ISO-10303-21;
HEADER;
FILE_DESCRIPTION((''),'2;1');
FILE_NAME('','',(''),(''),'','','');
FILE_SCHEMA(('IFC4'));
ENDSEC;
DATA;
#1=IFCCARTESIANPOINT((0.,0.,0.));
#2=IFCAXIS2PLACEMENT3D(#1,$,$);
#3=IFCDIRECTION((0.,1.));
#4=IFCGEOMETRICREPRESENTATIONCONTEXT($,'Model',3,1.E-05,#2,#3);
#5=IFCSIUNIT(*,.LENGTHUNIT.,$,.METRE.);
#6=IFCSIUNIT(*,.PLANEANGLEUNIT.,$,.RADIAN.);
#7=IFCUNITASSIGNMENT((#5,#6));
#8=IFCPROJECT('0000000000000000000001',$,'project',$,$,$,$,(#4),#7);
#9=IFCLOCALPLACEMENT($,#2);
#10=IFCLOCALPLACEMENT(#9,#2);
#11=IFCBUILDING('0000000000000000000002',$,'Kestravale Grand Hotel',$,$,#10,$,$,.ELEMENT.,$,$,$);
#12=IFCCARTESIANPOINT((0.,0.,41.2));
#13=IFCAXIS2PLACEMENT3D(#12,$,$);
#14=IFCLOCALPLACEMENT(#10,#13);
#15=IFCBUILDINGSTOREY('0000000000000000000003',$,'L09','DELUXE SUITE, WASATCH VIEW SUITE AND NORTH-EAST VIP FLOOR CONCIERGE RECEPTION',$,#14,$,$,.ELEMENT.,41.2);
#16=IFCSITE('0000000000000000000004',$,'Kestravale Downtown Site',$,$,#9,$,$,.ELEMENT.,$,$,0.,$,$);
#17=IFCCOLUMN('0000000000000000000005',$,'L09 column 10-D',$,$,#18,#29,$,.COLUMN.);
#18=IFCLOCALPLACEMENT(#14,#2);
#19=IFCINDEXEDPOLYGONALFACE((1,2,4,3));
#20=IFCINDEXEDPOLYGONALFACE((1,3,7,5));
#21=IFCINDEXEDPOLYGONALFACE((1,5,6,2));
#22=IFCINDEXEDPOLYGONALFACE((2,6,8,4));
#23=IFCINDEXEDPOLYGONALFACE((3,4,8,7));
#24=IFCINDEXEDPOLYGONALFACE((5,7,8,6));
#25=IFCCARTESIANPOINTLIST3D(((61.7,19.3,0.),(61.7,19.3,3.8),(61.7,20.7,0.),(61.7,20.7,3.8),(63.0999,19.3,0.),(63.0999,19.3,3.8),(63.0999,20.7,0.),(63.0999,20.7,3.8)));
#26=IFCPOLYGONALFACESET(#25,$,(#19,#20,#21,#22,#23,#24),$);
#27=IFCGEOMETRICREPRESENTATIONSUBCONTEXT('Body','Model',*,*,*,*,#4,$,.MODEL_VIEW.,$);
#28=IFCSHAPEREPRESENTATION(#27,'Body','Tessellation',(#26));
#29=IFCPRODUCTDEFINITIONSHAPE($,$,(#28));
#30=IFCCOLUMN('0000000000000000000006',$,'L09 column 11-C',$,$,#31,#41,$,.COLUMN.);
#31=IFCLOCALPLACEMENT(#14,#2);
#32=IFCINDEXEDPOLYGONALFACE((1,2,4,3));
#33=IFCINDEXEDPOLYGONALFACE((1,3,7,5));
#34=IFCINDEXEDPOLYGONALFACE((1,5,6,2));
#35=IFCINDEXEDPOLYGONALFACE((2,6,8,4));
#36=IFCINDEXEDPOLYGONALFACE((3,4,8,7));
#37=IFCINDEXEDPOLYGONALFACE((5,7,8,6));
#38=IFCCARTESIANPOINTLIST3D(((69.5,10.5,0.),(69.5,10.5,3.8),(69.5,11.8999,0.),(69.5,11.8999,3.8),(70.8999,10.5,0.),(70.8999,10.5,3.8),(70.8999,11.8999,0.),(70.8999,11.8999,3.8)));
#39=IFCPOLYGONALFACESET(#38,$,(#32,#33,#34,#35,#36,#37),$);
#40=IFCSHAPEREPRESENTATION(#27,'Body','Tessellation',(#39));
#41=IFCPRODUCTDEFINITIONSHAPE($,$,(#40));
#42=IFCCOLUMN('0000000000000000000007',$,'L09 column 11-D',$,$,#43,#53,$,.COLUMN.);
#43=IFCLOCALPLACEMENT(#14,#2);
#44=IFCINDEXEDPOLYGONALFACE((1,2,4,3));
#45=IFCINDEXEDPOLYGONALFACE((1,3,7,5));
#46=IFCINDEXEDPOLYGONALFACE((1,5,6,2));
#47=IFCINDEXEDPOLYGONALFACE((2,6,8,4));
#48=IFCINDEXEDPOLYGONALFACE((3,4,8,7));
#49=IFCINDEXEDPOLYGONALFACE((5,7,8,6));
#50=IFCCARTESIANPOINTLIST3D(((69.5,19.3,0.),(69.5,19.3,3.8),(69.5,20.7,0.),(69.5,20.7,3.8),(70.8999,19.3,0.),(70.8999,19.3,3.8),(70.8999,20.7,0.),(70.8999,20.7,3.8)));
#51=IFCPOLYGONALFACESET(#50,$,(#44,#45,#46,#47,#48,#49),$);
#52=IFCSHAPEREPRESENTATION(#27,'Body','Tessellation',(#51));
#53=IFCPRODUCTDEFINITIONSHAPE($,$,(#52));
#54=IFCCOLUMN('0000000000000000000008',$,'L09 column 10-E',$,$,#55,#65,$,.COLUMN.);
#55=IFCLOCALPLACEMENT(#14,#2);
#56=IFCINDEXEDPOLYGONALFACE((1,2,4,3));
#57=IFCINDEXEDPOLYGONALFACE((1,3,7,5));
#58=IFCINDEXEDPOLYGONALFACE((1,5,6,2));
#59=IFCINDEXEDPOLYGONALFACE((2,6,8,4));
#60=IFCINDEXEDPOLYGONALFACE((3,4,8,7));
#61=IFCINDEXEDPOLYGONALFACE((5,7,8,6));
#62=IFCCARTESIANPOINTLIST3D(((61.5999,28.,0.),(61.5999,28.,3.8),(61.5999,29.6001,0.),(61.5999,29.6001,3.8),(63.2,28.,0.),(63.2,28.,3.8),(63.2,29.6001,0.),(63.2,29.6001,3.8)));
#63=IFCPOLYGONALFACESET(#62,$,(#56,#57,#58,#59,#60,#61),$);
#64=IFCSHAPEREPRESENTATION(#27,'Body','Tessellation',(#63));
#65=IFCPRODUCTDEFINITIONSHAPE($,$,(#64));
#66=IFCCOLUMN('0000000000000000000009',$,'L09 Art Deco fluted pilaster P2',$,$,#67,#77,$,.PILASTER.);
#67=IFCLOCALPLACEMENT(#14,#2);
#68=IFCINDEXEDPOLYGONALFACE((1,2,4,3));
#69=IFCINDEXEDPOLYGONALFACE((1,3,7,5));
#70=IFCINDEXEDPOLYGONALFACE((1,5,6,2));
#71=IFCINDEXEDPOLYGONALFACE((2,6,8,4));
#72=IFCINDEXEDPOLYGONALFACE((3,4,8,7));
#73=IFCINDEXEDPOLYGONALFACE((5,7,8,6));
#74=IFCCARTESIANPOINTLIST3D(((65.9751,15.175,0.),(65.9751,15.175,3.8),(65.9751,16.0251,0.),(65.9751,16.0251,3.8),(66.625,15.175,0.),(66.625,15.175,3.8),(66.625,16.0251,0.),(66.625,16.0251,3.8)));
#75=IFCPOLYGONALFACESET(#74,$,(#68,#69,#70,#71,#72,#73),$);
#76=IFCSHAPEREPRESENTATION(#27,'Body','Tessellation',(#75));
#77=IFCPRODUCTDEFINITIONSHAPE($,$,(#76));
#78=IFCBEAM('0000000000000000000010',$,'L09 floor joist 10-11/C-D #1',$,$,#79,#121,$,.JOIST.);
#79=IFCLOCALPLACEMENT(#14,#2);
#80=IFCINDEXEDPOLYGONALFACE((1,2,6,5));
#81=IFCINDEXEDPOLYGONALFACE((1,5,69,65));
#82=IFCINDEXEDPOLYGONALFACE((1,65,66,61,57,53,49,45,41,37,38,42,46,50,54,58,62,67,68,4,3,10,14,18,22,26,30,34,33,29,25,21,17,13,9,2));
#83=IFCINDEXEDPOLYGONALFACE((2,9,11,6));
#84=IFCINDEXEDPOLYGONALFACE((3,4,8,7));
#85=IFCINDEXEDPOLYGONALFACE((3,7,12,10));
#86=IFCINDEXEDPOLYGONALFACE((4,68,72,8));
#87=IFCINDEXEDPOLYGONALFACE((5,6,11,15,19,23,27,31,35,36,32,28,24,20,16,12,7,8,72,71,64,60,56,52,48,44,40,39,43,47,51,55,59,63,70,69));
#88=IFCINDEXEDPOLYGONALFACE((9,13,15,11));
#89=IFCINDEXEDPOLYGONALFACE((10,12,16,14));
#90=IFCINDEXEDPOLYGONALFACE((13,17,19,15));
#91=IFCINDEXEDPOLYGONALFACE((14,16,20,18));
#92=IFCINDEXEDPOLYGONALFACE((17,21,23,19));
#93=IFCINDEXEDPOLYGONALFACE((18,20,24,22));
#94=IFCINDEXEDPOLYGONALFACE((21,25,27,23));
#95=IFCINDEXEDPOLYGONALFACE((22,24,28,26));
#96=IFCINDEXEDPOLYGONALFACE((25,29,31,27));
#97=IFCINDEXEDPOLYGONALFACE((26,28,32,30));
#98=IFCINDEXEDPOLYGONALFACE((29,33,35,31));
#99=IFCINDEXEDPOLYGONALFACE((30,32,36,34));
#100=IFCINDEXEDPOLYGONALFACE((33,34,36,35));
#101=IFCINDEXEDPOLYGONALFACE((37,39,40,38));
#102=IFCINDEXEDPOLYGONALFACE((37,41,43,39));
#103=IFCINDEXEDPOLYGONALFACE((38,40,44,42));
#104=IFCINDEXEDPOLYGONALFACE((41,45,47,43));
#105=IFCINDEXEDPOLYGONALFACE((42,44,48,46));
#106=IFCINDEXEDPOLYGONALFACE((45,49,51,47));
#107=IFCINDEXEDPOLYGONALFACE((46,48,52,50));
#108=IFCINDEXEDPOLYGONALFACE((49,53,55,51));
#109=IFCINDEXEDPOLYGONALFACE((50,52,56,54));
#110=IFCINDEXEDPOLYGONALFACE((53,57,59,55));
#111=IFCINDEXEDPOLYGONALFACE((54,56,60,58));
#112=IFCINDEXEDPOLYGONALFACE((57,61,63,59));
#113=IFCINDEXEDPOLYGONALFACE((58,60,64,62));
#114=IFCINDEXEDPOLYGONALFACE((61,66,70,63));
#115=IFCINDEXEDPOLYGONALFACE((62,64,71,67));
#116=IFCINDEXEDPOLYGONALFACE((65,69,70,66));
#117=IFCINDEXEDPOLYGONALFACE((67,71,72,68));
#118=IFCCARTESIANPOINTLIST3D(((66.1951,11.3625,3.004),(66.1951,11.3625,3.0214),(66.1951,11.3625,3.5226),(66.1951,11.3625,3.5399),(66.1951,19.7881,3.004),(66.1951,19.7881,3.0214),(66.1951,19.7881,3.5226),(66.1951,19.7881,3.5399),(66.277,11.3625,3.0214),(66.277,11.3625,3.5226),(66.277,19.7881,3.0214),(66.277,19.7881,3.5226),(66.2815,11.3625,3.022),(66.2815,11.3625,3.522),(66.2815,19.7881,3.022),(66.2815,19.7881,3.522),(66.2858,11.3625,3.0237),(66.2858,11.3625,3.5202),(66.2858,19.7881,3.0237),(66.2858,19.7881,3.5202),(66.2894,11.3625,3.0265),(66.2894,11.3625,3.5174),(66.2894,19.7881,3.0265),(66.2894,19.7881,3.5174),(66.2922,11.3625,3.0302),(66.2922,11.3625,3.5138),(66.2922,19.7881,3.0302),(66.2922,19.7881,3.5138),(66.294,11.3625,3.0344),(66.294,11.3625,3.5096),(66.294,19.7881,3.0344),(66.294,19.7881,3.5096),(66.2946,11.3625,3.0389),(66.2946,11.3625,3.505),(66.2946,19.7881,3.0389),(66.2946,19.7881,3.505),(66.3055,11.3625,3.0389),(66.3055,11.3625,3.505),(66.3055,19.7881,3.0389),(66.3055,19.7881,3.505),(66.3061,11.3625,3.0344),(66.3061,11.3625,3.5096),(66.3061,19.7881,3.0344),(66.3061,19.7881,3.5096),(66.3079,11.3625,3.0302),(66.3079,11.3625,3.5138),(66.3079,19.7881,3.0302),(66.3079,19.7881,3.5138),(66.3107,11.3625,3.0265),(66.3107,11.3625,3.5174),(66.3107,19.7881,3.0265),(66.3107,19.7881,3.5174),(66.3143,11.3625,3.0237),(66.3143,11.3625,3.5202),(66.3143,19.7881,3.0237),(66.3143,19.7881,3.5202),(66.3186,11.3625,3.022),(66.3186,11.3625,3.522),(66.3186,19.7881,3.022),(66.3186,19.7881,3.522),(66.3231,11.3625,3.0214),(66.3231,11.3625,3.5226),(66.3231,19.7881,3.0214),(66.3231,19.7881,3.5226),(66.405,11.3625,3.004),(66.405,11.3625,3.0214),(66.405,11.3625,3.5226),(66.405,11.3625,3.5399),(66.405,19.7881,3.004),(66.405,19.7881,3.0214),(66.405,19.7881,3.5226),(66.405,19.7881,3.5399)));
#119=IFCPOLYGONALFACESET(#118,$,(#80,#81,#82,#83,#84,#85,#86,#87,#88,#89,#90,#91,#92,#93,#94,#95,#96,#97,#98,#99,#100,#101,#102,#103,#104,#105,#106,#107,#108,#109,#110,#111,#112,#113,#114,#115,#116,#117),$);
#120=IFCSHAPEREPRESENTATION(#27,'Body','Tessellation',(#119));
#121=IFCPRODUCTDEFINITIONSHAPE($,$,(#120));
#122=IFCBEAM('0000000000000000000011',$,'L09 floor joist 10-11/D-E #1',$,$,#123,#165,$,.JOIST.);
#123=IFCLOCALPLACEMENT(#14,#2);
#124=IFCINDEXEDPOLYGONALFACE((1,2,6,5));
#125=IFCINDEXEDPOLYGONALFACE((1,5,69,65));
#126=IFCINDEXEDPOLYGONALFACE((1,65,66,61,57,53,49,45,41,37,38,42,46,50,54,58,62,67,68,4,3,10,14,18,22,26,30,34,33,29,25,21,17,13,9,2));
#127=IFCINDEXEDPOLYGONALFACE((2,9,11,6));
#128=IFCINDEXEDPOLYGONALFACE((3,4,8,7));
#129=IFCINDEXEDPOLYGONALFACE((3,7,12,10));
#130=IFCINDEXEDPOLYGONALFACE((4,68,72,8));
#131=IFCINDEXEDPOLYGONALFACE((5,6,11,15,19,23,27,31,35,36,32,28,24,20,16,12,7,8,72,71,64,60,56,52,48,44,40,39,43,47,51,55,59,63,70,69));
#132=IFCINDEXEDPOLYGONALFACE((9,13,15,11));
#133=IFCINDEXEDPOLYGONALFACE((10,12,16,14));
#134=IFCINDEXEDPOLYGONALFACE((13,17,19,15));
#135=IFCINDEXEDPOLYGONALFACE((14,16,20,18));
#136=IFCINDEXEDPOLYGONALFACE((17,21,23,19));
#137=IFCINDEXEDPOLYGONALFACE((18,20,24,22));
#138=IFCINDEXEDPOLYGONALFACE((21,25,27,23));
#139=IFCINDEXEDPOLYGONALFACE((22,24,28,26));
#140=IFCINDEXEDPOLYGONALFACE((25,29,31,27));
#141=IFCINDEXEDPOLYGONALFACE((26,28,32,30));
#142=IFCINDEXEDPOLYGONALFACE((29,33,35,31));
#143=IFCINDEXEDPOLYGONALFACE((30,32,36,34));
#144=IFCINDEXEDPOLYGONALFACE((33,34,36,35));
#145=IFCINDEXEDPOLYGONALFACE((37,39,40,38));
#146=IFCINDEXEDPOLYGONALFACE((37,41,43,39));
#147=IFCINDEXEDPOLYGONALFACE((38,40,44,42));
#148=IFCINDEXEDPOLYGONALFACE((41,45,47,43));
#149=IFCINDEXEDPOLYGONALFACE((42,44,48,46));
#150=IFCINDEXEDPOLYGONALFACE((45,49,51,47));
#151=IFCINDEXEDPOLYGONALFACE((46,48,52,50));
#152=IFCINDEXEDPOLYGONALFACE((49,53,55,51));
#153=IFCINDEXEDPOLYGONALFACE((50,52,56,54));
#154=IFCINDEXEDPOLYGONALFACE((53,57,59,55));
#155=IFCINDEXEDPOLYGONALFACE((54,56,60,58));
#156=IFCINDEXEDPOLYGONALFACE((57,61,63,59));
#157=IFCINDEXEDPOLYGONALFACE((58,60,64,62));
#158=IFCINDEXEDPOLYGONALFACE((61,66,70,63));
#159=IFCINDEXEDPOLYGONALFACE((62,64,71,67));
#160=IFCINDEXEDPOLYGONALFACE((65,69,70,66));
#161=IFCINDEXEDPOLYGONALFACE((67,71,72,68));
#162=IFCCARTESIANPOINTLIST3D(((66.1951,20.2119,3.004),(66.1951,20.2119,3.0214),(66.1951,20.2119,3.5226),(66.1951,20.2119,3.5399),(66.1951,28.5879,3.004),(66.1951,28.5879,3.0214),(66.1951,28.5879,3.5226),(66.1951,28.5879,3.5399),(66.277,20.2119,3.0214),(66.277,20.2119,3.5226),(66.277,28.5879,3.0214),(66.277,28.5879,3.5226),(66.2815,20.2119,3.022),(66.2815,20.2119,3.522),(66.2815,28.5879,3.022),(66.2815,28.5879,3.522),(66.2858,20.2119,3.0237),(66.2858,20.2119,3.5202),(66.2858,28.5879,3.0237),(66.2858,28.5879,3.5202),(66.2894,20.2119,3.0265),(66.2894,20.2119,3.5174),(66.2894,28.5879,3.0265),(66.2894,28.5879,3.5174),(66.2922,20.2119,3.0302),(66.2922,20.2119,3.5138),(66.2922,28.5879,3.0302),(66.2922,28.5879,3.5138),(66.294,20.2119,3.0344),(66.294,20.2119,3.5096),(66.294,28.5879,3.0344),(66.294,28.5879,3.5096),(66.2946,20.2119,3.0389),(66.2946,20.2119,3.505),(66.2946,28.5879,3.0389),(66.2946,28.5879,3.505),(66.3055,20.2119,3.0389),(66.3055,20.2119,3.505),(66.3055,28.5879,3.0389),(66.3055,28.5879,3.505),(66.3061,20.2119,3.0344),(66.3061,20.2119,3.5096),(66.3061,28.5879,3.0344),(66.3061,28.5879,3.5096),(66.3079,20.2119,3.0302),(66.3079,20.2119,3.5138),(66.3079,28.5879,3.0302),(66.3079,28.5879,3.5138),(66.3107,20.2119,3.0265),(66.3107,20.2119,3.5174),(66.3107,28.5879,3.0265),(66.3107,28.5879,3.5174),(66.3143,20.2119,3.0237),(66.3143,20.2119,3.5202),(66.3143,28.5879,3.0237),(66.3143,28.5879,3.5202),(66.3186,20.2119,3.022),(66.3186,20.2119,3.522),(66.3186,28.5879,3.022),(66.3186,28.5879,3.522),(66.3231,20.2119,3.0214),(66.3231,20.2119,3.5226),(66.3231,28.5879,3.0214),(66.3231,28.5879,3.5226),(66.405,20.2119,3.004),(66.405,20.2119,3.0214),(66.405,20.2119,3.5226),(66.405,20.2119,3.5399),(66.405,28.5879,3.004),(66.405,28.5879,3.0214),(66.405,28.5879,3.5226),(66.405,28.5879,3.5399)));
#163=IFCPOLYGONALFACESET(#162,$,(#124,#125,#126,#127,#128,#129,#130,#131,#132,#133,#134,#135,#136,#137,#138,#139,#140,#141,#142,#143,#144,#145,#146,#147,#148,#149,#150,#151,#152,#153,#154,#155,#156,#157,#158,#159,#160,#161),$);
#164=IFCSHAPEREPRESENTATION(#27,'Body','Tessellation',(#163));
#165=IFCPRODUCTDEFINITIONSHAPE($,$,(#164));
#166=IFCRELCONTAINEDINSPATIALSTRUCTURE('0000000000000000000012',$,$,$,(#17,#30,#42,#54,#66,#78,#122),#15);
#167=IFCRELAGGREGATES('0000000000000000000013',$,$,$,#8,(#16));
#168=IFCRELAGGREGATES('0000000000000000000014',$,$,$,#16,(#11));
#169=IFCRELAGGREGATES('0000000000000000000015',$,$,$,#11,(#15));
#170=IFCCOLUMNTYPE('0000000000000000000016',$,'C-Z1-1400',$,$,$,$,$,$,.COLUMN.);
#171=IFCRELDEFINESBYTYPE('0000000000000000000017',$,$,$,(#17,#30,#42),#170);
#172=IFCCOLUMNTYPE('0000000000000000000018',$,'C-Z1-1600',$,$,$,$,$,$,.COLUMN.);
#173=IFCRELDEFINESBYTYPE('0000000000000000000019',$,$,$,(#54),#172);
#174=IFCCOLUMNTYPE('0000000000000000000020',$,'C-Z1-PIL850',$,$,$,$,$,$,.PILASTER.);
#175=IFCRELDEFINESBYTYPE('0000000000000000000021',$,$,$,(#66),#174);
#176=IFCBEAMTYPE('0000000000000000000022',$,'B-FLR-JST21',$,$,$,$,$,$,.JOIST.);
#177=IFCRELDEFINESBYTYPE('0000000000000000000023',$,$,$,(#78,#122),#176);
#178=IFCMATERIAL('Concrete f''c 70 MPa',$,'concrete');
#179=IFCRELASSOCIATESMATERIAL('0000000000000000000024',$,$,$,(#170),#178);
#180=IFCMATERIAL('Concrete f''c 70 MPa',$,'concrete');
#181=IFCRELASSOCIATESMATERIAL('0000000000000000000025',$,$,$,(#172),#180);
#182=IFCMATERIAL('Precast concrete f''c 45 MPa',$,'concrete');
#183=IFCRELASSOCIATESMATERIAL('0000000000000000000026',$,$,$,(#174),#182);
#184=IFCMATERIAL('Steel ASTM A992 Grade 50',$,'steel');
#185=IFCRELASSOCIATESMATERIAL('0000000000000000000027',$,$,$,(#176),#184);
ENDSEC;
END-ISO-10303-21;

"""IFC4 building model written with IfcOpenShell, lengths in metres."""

from ifc_helpers import new_model, si_unit, direction, frame, origin, origin_2d, place, context, subcontext, project, spatial, rectangle, i_section, extrude, material, material_profile, profile_set, type_object, element, save


model = new_model("IFC4")

# Units and contexts
model_context = context("Model", 3, precision=1e-05, world=origin(), true_north=direction((0.0, 1.0)))
body_context = subcontext(model_context, "Body", "Model", "MODEL_VIEW")
ifc_project = project(units=[si_unit("LENGTHUNIT", "METRE"), si_unit("PLANEANGLEUNIT", "RADIAN")], contexts=[model_context])

# Site, building, storey
site_placement = place(None, origin())
site = spatial("IfcSite", under=ifc_project, at=site_placement, Name="Kestravale Downtown Site", CompositionType="ELEMENT", RefElevation=0.0)
building_placement = place(site_placement, origin())
building = spatial("IfcBuilding", under=site, at=building_placement, Name="Kestravale Grand Hotel", CompositionType="ELEMENT")
storey_placement = place(building_placement, frame((0.0, 0.0, 41.2)))
storey = spatial("IfcBuildingStorey", under=building, at=storey_placement, Name="L09", Description="DELUXE SUITE, WASATCH VIEW SUITE AND NORTH-EAST VIP FLOOR CONCIERGE RECEPTION", CompositionType="ELEMENT", Elevation=41.2)

# Columns
ifc_material_1 = material(Name="Concrete f'c 70 MPa", Category="concrete")
ifc_material_profile_1 = material_profile(ifc_material_1, rectangle(XDim=1.3999, YDim=1.3999, at=origin_2d()))
ifc_profile_set_1 = profile_set([ifc_material_profile_1], Name="Concrete f'c 70 MPa")
column_type_1 = type_object("IfcColumnType", Name="C-Z1-1400", PredefinedType="COLUMN", material=ifc_profile_set_1)
for number, where, z_axis, x_axis, name in (
    (1, (62.3999, 20.0, 0.0), (0.0, 0.0, 1.0), (1.0, 0.0, 0.0), "L09 column 10-D"),
    (2, (70.2, 11.2, 0.0), (0.0, 0.0, 1.0), (1.0, 0.0, 0.0), "L09 column 11-C"),
    (3, (70.2, 20.0, 0.0), (0.0, 0.0, 1.0), (1.0, 0.0, 0.0), "L09 column 11-D"),
):
    element("IfcColumn", number, at=place(storey_placement, frame(where, z_axis=z_axis, x_axis=x_axis)), inside=storey, type_object=column_type_1, Name=name, PredefinedType="COLUMN", context=body_context, shape_type="SweptSolid", body=[
        extrude(rectangle(XDim=1.3999, YDim=1.3999, at=origin_2d()), origin(), (0.0, 0.0, 1.0), 3.8),
    ])
ifc_material_2 = material(Name="Concrete f'c 70 MPa", Category="concrete")
ifc_material_profile_2 = material_profile(ifc_material_2, rectangle(XDim=1.6001, YDim=1.6001, at=origin_2d()))
ifc_profile_set_2 = profile_set([ifc_material_profile_2], Name="Concrete f'c 70 MPa")
column_type_2 = type_object("IfcColumnType", Name="C-Z1-1600", PredefinedType="COLUMN", material=ifc_profile_set_2)
column_1_placement = place(storey_placement, frame((62.3999, 28.8, 0.0), z_axis=(0.0, 0.0, 1.0), x_axis=(1.0, 0.0, 0.0)))
element("IfcColumn", 4, at=column_1_placement, inside=storey, type_object=column_type_2, Name="L09 column 10-E", PredefinedType="COLUMN", context=body_context, shape_type="SweptSolid", body=[
    extrude(rectangle(XDim=1.6001, YDim=1.6001, at=origin_2d()), origin(), (0.0, 0.0, 1.0), 3.8),
])
ifc_material_3 = material(Name="Precast concrete f'c 45 MPa", Category="concrete")
ifc_material_profile_3 = material_profile(ifc_material_3, rectangle(XDim=0.6499, YDim=0.8501, at=origin_2d()))
ifc_profile_set_3 = profile_set([ifc_material_profile_3], Name="Precast concrete f'c 45 MPa")
column_type_3 = type_object("IfcColumnType", Name="C-Z1-PIL850", PredefinedType="PILASTER", material=ifc_profile_set_3)
column_2_placement = place(storey_placement, frame((66.3, 15.6001, 0.0), z_axis=(0.0, 0.0, 1.0), x_axis=(1.0, 0.0, 0.0)))
element("IfcColumn", 5, at=column_2_placement, inside=storey, type_object=column_type_3, Name="L09 Art Deco fluted pilaster P2", PredefinedType="PILASTER", context=body_context, shape_type="SweptSolid", body=[
    extrude(rectangle(XDim=0.6499, YDim=0.8501, at=origin_2d()), origin(), (0.0, 0.0, 1.0), 3.8),
])

# Beams
ifc_material_4 = material(Name="Steel ASTM A992 Grade 50", Category="steel")
ifc_material_profile_4 = material_profile(ifc_material_4, i_section(OverallWidth=0.21, OverallDepth=0.5359, WebThickness=0.011, FlangeThickness=0.0173, FilletRadius=0.0176, at=origin_2d()))
ifc_profile_set_4 = profile_set([ifc_material_profile_4], Name="Steel ASTM A992 Grade 50")
beam_type_1 = type_object("IfcBeamType", Name="B-FLR-JST21", PredefinedType="JOIST", material=ifc_profile_set_4)
beam_1_placement = place(storey_placement, frame((66.3, 11.3625, 3.272), z_axis=(0.0, 1.0, 0.0), x_axis=(-1.0, 0.0, 0.0)))
element("IfcBeam", 6, at=beam_1_placement, inside=storey, type_object=beam_type_1, Name="L09 floor joist 10-11/C-D #1", PredefinedType="JOIST", context=body_context, shape_type="SweptSolid", body=[
    extrude(i_section(OverallWidth=0.21, OverallDepth=0.5359, WebThickness=0.011, FlangeThickness=0.0173, FilletRadius=0.0176, at=origin_2d()), origin(), (0.0, 0.0, 1.0), 8.4255),
])
beam_2_placement = place(storey_placement, frame((66.3, 20.2119, 3.272), z_axis=(0.0, 1.0, 0.0), x_axis=(-1.0, 0.0, 0.0)))
element("IfcBeam", 7, at=beam_2_placement, inside=storey, type_object=beam_type_1, Name="L09 floor joist 10-11/D-E #1", PredefinedType="JOIST", context=body_context, shape_type="SweptSolid", body=[
    extrude(i_section(OverallWidth=0.21, OverallDepth=0.5359, WebThickness=0.011, FlangeThickness=0.0173, FilletRadius=0.0176, at=origin_2d()), origin(), (0.0, 0.0, 1.0), 8.376),
])

save(model, "model.ifc")
